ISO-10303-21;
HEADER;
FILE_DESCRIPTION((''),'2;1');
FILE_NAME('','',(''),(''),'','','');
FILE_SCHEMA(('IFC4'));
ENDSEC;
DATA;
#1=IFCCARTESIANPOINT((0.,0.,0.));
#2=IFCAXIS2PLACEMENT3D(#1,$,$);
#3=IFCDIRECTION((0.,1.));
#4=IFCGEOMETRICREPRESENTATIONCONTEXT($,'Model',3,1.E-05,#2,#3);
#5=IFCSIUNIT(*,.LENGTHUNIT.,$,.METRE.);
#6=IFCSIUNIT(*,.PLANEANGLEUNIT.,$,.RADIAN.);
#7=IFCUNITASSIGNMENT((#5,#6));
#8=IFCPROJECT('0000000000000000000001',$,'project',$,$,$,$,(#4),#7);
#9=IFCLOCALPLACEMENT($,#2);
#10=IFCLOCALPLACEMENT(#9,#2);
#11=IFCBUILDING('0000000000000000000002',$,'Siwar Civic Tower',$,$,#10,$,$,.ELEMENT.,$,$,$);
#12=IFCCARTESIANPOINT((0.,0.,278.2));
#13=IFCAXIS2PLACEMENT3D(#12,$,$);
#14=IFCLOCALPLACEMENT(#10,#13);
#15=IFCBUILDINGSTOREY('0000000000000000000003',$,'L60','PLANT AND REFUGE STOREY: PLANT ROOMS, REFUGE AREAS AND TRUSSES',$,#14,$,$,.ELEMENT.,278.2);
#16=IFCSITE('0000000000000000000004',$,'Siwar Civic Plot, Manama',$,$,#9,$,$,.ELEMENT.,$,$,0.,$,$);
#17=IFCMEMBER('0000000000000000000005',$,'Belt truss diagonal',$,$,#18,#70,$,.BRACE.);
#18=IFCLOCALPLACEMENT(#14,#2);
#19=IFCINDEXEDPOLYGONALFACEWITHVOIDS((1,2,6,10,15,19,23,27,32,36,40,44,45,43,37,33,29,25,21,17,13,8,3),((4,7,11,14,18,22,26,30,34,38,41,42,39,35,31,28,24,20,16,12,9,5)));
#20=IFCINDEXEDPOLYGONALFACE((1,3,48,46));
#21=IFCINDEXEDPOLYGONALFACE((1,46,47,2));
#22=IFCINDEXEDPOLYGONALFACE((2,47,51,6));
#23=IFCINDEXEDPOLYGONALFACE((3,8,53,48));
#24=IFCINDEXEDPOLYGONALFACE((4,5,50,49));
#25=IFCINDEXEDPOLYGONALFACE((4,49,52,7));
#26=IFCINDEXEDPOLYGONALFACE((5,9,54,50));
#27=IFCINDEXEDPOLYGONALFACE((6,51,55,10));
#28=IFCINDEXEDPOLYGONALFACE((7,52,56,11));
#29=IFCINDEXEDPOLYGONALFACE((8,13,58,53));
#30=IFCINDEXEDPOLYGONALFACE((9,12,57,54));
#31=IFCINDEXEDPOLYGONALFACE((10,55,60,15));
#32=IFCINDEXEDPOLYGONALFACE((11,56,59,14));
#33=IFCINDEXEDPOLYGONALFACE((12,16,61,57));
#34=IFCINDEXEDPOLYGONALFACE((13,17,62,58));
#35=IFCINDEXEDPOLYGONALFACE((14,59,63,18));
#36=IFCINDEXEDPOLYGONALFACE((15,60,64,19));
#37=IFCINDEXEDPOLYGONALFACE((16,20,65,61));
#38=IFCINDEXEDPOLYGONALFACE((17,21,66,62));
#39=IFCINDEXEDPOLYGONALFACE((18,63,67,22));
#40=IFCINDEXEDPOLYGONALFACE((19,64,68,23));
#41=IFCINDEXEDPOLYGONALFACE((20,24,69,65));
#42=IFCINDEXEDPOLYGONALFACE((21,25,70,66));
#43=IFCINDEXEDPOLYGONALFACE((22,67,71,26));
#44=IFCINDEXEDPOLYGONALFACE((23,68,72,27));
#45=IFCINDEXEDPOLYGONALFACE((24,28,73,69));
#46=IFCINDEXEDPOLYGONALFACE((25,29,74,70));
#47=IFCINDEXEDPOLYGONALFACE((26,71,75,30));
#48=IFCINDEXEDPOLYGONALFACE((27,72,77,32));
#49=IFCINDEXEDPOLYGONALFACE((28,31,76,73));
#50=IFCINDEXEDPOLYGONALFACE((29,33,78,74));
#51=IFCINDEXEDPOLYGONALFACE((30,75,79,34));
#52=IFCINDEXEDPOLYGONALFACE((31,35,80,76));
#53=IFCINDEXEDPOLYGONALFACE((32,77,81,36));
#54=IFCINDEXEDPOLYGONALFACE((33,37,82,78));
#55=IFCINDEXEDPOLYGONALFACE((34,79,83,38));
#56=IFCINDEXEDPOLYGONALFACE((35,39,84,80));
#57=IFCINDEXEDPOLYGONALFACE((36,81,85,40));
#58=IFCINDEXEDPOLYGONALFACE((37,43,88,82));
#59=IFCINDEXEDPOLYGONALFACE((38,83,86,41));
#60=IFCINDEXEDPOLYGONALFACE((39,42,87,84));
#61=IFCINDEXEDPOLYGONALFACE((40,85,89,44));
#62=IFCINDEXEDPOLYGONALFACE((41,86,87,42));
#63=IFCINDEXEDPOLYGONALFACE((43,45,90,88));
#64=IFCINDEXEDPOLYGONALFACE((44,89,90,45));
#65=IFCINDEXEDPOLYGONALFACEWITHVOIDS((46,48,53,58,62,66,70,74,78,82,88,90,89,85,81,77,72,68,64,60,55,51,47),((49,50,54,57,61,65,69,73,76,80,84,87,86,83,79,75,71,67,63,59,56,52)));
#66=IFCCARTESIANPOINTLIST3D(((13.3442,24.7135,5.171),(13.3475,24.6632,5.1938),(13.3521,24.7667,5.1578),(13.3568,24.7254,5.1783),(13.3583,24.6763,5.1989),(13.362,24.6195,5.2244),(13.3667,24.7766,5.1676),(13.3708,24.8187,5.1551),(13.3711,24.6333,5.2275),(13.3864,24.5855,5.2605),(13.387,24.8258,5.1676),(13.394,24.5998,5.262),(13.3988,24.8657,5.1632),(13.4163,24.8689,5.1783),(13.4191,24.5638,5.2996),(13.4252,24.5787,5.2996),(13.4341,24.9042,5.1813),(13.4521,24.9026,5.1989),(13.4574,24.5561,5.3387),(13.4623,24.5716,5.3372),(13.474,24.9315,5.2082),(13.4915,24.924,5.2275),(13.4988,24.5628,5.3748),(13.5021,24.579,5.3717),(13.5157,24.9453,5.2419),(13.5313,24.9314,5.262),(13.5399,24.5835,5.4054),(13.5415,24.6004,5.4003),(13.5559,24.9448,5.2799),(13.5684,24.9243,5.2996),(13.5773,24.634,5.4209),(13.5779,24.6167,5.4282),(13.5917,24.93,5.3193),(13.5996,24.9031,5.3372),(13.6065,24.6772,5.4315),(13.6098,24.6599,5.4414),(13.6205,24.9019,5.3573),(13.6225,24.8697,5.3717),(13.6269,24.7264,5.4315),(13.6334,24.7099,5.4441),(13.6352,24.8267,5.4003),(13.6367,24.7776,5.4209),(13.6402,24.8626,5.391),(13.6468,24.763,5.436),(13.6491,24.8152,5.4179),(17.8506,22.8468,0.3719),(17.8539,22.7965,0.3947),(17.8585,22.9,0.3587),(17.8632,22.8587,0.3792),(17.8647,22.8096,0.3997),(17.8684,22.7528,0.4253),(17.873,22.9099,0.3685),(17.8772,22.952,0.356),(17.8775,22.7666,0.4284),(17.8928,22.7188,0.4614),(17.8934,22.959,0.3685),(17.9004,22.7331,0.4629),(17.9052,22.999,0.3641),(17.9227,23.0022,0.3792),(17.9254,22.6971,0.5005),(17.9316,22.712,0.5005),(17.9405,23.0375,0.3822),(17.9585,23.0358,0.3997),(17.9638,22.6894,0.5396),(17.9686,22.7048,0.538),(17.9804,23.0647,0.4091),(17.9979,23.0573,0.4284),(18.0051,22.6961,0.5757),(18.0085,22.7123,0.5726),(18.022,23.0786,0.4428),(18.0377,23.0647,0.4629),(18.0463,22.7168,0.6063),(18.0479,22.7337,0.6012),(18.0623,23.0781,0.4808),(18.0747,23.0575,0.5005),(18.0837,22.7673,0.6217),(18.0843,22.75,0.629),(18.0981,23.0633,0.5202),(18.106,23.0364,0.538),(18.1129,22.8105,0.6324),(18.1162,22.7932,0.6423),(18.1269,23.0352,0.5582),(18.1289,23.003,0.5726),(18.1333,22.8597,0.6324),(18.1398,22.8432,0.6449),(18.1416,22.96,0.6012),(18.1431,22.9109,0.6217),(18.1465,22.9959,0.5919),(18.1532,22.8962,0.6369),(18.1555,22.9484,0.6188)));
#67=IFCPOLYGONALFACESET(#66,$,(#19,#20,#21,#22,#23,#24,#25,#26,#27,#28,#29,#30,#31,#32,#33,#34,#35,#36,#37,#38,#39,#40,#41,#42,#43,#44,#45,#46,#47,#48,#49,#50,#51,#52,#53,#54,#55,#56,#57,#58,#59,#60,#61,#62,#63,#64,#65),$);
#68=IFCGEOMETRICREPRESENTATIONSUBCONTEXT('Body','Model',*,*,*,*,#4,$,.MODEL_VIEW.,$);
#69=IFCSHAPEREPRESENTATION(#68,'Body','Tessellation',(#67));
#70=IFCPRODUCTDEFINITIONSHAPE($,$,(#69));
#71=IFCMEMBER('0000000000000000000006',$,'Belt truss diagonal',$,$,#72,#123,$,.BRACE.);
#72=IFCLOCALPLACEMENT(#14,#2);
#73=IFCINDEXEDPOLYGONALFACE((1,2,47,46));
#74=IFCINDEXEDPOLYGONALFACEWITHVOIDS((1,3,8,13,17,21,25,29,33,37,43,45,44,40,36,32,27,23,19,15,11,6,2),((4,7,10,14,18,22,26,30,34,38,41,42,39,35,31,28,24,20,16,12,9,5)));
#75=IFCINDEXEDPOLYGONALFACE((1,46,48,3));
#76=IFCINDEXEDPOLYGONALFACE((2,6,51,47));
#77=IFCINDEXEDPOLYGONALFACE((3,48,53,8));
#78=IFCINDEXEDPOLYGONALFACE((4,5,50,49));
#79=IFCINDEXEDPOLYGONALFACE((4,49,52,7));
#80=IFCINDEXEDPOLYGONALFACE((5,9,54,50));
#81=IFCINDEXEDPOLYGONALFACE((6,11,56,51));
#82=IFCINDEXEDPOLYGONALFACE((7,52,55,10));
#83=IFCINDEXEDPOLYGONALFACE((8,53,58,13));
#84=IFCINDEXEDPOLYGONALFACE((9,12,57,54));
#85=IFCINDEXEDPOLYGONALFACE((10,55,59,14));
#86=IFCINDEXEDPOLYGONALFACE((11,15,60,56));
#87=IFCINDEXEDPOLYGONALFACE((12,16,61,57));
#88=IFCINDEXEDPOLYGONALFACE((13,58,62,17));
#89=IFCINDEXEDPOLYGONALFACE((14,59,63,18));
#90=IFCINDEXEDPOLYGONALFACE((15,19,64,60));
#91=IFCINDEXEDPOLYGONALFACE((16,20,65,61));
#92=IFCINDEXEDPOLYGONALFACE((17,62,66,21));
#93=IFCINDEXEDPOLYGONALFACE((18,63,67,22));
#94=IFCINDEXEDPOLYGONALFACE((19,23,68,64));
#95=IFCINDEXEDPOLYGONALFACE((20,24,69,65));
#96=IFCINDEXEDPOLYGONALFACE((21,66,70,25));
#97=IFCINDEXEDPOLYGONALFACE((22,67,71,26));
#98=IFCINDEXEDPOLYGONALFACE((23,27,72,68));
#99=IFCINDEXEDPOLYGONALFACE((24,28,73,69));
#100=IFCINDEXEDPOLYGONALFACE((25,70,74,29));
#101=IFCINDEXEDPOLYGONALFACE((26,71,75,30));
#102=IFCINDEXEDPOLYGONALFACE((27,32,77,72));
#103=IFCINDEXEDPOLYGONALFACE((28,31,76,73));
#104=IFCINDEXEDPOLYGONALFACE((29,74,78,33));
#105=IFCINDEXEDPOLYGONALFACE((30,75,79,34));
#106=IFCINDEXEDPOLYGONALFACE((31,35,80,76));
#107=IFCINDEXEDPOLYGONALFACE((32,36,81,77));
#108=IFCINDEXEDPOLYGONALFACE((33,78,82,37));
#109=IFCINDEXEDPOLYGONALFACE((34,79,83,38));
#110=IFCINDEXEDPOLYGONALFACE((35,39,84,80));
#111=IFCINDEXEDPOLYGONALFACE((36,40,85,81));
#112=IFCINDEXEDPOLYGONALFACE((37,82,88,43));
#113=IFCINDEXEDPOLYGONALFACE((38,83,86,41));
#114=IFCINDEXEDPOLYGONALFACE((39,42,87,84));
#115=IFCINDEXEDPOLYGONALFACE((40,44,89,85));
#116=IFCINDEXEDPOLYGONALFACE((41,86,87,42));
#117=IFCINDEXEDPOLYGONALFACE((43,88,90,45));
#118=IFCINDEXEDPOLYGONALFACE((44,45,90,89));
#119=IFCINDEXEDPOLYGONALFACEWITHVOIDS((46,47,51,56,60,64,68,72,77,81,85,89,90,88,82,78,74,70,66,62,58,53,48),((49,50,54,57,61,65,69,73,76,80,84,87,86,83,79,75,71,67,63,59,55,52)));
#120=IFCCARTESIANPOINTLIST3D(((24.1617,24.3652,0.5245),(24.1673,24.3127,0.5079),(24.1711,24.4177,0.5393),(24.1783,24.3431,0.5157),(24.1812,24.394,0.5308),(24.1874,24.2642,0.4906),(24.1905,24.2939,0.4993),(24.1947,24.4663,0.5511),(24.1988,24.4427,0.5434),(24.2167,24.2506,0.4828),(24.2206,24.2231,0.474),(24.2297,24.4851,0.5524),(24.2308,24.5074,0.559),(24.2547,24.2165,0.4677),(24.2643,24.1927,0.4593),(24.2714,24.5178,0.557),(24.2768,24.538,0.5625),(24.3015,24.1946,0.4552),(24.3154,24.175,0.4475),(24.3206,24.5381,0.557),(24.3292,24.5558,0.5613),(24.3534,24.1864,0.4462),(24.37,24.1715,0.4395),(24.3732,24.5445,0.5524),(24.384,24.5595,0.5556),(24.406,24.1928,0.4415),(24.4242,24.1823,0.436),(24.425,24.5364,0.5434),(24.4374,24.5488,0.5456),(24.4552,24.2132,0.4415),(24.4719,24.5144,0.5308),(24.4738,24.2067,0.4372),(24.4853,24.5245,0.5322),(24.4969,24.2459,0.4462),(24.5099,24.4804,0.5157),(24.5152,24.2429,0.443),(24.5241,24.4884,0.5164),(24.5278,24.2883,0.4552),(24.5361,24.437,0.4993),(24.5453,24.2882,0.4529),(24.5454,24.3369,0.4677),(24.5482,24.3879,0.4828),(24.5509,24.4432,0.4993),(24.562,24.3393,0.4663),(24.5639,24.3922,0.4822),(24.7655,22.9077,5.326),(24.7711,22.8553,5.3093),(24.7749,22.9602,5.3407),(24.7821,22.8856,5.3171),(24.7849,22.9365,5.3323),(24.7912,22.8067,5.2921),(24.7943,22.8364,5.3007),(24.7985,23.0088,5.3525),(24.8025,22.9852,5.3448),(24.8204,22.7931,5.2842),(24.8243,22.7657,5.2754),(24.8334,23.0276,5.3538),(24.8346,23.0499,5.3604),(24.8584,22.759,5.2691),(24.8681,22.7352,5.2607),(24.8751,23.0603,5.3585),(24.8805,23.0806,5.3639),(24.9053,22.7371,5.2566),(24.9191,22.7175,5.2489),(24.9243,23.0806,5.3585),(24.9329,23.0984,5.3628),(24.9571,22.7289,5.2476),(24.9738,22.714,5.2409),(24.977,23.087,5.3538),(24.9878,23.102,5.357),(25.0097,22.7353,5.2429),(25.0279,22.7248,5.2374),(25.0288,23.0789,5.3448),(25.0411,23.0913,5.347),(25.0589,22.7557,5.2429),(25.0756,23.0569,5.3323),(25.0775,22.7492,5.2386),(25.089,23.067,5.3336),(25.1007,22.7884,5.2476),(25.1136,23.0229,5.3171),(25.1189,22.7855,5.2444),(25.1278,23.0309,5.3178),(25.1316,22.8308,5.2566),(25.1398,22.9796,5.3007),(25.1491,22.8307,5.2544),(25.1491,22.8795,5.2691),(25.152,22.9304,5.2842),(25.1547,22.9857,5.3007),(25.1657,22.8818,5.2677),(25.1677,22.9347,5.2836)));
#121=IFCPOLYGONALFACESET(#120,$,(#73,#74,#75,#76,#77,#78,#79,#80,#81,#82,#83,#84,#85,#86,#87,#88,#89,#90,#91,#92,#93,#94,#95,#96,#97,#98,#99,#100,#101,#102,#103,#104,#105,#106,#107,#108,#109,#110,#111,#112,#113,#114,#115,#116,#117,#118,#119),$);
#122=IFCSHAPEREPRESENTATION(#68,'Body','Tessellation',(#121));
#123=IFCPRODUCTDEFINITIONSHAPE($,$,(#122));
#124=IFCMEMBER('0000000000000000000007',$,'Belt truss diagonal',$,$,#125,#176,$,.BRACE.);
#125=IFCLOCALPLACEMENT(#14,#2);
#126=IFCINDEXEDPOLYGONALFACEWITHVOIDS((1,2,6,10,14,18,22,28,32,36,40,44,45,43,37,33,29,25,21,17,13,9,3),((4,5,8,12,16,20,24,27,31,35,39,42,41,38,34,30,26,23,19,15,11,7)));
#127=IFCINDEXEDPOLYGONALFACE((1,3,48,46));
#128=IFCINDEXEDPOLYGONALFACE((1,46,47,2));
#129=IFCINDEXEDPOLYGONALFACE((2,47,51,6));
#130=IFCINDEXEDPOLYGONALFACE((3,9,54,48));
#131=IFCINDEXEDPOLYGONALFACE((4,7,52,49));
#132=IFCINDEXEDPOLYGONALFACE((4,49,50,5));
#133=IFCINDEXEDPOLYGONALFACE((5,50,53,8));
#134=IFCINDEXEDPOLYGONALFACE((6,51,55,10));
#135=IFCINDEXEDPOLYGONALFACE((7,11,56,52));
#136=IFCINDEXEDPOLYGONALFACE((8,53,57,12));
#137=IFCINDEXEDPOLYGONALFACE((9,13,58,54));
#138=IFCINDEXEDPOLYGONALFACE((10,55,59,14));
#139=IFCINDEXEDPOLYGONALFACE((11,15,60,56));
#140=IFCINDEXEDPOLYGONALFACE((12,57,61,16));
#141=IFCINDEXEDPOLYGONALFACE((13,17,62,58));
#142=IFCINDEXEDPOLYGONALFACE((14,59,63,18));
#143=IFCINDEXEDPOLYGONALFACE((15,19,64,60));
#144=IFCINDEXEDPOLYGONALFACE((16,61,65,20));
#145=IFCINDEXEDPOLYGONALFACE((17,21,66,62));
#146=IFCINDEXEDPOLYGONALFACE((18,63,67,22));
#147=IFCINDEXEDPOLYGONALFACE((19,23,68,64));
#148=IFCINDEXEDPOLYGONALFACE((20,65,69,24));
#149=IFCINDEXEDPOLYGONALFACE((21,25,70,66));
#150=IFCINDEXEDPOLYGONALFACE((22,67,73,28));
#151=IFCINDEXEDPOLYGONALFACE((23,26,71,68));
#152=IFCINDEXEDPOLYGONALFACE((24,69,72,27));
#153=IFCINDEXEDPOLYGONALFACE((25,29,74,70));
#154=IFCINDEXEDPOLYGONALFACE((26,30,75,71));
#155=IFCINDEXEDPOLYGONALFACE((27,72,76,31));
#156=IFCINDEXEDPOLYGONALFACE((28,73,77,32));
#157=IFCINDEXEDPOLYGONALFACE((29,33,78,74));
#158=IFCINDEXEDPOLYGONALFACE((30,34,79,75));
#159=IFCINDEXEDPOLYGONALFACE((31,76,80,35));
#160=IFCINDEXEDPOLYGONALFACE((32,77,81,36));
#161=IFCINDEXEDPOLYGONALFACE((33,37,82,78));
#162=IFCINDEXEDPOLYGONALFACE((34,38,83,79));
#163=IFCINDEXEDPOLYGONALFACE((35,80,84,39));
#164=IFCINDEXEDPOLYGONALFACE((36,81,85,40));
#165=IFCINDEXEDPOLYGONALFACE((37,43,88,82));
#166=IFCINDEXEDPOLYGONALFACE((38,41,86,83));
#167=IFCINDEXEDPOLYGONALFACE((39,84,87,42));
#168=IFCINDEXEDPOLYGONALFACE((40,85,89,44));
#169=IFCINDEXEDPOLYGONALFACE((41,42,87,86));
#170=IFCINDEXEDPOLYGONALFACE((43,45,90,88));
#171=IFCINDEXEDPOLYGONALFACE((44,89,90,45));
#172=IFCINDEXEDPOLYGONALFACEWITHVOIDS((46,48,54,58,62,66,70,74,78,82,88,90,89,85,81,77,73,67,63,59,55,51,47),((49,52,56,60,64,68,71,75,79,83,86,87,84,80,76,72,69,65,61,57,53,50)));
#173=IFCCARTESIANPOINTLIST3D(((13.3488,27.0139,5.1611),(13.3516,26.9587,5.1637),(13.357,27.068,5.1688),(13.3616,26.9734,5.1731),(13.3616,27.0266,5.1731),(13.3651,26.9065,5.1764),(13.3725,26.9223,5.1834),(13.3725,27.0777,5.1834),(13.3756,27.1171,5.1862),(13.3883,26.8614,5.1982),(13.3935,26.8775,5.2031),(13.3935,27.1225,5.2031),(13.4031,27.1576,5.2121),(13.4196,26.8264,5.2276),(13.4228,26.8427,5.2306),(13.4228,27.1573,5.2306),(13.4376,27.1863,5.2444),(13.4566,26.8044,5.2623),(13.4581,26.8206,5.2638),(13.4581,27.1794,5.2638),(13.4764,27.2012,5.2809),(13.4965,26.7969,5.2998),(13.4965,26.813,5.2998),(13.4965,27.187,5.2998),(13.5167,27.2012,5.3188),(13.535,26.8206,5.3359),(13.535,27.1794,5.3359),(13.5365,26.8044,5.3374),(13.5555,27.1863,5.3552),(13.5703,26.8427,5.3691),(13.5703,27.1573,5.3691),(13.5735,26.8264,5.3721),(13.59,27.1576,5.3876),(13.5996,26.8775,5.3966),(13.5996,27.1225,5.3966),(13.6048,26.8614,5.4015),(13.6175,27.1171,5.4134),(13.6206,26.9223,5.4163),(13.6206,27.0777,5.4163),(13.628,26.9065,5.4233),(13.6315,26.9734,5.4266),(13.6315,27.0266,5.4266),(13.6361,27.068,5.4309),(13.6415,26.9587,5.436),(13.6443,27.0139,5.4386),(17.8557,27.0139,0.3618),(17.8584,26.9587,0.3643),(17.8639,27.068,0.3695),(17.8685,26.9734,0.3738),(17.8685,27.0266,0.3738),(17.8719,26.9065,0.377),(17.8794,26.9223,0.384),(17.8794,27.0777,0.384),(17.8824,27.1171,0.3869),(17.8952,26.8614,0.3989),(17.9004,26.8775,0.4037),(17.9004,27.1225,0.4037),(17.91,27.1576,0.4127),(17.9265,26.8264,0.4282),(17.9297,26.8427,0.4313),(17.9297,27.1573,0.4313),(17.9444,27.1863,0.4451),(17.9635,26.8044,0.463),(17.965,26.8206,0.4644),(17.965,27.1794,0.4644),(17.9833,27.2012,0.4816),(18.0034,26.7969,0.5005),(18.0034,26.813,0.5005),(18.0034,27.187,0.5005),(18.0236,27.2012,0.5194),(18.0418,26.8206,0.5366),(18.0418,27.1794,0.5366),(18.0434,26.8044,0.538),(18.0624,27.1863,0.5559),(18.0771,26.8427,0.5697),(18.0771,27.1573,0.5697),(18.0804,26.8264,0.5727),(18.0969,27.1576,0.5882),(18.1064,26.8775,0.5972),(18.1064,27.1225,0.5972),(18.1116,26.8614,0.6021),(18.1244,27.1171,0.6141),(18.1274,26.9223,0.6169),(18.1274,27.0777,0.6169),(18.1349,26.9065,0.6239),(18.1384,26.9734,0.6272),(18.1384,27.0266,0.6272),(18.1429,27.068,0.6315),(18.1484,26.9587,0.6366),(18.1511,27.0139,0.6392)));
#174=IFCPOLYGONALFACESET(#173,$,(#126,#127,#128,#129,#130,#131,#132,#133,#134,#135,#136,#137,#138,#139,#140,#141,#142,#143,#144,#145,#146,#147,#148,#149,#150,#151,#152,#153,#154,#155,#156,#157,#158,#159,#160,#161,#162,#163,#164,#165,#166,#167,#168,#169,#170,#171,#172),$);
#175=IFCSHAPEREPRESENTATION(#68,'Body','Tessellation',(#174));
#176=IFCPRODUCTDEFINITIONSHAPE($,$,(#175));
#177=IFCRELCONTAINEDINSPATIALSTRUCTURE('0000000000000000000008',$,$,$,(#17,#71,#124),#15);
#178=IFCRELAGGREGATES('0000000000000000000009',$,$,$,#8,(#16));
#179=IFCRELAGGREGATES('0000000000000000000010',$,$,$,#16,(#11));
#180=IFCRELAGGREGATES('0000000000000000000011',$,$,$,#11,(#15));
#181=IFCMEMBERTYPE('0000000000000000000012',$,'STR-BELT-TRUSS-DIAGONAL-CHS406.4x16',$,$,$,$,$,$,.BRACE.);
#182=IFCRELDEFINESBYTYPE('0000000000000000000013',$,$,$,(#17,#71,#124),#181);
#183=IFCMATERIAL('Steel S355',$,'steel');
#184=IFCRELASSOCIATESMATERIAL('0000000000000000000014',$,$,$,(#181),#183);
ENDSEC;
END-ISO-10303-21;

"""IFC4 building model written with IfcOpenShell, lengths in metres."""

from ifc_helpers import new_model, si_unit, direction, frame, origin, origin_2d, place, context, subcontext, project, spatial, hollow_circle, extrude, material, material_profile, profile_set, type_object, element, save


model = new_model("IFC4")

# Units and contexts
model_context = context("Model", 3, precision=1e-05, world=origin(), true_north=direction((0.0, 1.0)))
body_context = subcontext(model_context, "Body", "Model", "MODEL_VIEW")
ifc_project = project(units=[si_unit("LENGTHUNIT", "METRE"), si_unit("PLANEANGLEUNIT", "RADIAN")], contexts=[model_context])

# Site, building, storey
site_placement = place(None, origin())
site = spatial("IfcSite", under=ifc_project, at=site_placement, Name="Siwar Civic Plot, Manama", CompositionType="ELEMENT", RefElevation=0.0)
building_placement = place(site_placement, origin())
building = spatial("IfcBuilding", under=site, at=building_placement, Name="Siwar Civic Tower", CompositionType="ELEMENT")
storey_placement = place(building_placement, frame((0.0, 0.0, 278.2)))
storey = spatial("IfcBuildingStorey", under=building, at=storey_placement, Name="L60", Description="PLANT AND REFUGE STOREY: PLANT ROOMS, REFUGE AREAS AND TRUSSES", CompositionType="ELEMENT", Elevation=278.2)

# Members
ifc_material_1 = material(Name="Steel S355", Category="steel")
ifc_material_profile_1 = material_profile(ifc_material_1, hollow_circle(Radius=0.2031, WallThickness=0.0161, at=origin_2d()), Name="CHS406.4x16")
ifc_profile_set_1 = profile_set([ifc_material_profile_1], Name="Steel S355")
member_type_1 = type_object("IfcMemberType", Name="STR-BELT-TRUSS-DIAGONAL-CHS406.4x16", PredefinedType="BRACE", material=ifc_profile_set_1)
member_1_placement = place(storey_placement, frame((18.0032, 22.8848, 0.5005), z_axis=(-0.658561, 0.272801, 0.70134), x_axis=(-0.382702, -0.923872, 0.0)))
element("IfcMember", 1, at=member_1_placement, inside=storey, type_object=member_type_1, Name="Belt truss diagonal", PredefinedType="BRACE", context=body_context, shape_type="SweptSolid", body=[
    extrude(hollow_circle(Radius=0.2031, WallThickness=0.0161, at=origin_2d()), origin(), (0.0, 0.0, 1.0), 6.8428),
])
member_2_placement = place(storey_placement, frame((24.3633, 24.3655, 0.4993), z_axis=(0.119461, -0.288386, 0.950033), x_axis=(0.923872, 0.382703, 0.0)))
element("IfcMember", 2, at=member_2_placement, inside=storey, type_object=member_type_1, Name="Belt truss diagonal", PredefinedType="BRACE", context=body_context, shape_type="SweptSolid", body=[
    extrude(hollow_circle(Radius=0.2031, WallThickness=0.0161, at=origin_2d()), origin(), (0.0, 0.0, 1.0), 5.054),
])
member_3_placement = place(storey_placement, frame((18.0034, 27.0, 0.5005), z_axis=(-0.684545, 0.0, 0.72897), x_axis=(0.0, -1.0, 0.0)))
element("IfcMember", 3, at=member_3_placement, inside=storey, type_object=member_type_1, Name="Belt truss diagonal", PredefinedType="BRACE", context=body_context, shape_type="SweptSolid", body=[
    extrude(hollow_circle(Radius=0.2031, WallThickness=0.0161, at=origin_2d()), origin(), (0.0, 0.0, 1.0), 6.5837),
])

save(model, "model.ifc")
